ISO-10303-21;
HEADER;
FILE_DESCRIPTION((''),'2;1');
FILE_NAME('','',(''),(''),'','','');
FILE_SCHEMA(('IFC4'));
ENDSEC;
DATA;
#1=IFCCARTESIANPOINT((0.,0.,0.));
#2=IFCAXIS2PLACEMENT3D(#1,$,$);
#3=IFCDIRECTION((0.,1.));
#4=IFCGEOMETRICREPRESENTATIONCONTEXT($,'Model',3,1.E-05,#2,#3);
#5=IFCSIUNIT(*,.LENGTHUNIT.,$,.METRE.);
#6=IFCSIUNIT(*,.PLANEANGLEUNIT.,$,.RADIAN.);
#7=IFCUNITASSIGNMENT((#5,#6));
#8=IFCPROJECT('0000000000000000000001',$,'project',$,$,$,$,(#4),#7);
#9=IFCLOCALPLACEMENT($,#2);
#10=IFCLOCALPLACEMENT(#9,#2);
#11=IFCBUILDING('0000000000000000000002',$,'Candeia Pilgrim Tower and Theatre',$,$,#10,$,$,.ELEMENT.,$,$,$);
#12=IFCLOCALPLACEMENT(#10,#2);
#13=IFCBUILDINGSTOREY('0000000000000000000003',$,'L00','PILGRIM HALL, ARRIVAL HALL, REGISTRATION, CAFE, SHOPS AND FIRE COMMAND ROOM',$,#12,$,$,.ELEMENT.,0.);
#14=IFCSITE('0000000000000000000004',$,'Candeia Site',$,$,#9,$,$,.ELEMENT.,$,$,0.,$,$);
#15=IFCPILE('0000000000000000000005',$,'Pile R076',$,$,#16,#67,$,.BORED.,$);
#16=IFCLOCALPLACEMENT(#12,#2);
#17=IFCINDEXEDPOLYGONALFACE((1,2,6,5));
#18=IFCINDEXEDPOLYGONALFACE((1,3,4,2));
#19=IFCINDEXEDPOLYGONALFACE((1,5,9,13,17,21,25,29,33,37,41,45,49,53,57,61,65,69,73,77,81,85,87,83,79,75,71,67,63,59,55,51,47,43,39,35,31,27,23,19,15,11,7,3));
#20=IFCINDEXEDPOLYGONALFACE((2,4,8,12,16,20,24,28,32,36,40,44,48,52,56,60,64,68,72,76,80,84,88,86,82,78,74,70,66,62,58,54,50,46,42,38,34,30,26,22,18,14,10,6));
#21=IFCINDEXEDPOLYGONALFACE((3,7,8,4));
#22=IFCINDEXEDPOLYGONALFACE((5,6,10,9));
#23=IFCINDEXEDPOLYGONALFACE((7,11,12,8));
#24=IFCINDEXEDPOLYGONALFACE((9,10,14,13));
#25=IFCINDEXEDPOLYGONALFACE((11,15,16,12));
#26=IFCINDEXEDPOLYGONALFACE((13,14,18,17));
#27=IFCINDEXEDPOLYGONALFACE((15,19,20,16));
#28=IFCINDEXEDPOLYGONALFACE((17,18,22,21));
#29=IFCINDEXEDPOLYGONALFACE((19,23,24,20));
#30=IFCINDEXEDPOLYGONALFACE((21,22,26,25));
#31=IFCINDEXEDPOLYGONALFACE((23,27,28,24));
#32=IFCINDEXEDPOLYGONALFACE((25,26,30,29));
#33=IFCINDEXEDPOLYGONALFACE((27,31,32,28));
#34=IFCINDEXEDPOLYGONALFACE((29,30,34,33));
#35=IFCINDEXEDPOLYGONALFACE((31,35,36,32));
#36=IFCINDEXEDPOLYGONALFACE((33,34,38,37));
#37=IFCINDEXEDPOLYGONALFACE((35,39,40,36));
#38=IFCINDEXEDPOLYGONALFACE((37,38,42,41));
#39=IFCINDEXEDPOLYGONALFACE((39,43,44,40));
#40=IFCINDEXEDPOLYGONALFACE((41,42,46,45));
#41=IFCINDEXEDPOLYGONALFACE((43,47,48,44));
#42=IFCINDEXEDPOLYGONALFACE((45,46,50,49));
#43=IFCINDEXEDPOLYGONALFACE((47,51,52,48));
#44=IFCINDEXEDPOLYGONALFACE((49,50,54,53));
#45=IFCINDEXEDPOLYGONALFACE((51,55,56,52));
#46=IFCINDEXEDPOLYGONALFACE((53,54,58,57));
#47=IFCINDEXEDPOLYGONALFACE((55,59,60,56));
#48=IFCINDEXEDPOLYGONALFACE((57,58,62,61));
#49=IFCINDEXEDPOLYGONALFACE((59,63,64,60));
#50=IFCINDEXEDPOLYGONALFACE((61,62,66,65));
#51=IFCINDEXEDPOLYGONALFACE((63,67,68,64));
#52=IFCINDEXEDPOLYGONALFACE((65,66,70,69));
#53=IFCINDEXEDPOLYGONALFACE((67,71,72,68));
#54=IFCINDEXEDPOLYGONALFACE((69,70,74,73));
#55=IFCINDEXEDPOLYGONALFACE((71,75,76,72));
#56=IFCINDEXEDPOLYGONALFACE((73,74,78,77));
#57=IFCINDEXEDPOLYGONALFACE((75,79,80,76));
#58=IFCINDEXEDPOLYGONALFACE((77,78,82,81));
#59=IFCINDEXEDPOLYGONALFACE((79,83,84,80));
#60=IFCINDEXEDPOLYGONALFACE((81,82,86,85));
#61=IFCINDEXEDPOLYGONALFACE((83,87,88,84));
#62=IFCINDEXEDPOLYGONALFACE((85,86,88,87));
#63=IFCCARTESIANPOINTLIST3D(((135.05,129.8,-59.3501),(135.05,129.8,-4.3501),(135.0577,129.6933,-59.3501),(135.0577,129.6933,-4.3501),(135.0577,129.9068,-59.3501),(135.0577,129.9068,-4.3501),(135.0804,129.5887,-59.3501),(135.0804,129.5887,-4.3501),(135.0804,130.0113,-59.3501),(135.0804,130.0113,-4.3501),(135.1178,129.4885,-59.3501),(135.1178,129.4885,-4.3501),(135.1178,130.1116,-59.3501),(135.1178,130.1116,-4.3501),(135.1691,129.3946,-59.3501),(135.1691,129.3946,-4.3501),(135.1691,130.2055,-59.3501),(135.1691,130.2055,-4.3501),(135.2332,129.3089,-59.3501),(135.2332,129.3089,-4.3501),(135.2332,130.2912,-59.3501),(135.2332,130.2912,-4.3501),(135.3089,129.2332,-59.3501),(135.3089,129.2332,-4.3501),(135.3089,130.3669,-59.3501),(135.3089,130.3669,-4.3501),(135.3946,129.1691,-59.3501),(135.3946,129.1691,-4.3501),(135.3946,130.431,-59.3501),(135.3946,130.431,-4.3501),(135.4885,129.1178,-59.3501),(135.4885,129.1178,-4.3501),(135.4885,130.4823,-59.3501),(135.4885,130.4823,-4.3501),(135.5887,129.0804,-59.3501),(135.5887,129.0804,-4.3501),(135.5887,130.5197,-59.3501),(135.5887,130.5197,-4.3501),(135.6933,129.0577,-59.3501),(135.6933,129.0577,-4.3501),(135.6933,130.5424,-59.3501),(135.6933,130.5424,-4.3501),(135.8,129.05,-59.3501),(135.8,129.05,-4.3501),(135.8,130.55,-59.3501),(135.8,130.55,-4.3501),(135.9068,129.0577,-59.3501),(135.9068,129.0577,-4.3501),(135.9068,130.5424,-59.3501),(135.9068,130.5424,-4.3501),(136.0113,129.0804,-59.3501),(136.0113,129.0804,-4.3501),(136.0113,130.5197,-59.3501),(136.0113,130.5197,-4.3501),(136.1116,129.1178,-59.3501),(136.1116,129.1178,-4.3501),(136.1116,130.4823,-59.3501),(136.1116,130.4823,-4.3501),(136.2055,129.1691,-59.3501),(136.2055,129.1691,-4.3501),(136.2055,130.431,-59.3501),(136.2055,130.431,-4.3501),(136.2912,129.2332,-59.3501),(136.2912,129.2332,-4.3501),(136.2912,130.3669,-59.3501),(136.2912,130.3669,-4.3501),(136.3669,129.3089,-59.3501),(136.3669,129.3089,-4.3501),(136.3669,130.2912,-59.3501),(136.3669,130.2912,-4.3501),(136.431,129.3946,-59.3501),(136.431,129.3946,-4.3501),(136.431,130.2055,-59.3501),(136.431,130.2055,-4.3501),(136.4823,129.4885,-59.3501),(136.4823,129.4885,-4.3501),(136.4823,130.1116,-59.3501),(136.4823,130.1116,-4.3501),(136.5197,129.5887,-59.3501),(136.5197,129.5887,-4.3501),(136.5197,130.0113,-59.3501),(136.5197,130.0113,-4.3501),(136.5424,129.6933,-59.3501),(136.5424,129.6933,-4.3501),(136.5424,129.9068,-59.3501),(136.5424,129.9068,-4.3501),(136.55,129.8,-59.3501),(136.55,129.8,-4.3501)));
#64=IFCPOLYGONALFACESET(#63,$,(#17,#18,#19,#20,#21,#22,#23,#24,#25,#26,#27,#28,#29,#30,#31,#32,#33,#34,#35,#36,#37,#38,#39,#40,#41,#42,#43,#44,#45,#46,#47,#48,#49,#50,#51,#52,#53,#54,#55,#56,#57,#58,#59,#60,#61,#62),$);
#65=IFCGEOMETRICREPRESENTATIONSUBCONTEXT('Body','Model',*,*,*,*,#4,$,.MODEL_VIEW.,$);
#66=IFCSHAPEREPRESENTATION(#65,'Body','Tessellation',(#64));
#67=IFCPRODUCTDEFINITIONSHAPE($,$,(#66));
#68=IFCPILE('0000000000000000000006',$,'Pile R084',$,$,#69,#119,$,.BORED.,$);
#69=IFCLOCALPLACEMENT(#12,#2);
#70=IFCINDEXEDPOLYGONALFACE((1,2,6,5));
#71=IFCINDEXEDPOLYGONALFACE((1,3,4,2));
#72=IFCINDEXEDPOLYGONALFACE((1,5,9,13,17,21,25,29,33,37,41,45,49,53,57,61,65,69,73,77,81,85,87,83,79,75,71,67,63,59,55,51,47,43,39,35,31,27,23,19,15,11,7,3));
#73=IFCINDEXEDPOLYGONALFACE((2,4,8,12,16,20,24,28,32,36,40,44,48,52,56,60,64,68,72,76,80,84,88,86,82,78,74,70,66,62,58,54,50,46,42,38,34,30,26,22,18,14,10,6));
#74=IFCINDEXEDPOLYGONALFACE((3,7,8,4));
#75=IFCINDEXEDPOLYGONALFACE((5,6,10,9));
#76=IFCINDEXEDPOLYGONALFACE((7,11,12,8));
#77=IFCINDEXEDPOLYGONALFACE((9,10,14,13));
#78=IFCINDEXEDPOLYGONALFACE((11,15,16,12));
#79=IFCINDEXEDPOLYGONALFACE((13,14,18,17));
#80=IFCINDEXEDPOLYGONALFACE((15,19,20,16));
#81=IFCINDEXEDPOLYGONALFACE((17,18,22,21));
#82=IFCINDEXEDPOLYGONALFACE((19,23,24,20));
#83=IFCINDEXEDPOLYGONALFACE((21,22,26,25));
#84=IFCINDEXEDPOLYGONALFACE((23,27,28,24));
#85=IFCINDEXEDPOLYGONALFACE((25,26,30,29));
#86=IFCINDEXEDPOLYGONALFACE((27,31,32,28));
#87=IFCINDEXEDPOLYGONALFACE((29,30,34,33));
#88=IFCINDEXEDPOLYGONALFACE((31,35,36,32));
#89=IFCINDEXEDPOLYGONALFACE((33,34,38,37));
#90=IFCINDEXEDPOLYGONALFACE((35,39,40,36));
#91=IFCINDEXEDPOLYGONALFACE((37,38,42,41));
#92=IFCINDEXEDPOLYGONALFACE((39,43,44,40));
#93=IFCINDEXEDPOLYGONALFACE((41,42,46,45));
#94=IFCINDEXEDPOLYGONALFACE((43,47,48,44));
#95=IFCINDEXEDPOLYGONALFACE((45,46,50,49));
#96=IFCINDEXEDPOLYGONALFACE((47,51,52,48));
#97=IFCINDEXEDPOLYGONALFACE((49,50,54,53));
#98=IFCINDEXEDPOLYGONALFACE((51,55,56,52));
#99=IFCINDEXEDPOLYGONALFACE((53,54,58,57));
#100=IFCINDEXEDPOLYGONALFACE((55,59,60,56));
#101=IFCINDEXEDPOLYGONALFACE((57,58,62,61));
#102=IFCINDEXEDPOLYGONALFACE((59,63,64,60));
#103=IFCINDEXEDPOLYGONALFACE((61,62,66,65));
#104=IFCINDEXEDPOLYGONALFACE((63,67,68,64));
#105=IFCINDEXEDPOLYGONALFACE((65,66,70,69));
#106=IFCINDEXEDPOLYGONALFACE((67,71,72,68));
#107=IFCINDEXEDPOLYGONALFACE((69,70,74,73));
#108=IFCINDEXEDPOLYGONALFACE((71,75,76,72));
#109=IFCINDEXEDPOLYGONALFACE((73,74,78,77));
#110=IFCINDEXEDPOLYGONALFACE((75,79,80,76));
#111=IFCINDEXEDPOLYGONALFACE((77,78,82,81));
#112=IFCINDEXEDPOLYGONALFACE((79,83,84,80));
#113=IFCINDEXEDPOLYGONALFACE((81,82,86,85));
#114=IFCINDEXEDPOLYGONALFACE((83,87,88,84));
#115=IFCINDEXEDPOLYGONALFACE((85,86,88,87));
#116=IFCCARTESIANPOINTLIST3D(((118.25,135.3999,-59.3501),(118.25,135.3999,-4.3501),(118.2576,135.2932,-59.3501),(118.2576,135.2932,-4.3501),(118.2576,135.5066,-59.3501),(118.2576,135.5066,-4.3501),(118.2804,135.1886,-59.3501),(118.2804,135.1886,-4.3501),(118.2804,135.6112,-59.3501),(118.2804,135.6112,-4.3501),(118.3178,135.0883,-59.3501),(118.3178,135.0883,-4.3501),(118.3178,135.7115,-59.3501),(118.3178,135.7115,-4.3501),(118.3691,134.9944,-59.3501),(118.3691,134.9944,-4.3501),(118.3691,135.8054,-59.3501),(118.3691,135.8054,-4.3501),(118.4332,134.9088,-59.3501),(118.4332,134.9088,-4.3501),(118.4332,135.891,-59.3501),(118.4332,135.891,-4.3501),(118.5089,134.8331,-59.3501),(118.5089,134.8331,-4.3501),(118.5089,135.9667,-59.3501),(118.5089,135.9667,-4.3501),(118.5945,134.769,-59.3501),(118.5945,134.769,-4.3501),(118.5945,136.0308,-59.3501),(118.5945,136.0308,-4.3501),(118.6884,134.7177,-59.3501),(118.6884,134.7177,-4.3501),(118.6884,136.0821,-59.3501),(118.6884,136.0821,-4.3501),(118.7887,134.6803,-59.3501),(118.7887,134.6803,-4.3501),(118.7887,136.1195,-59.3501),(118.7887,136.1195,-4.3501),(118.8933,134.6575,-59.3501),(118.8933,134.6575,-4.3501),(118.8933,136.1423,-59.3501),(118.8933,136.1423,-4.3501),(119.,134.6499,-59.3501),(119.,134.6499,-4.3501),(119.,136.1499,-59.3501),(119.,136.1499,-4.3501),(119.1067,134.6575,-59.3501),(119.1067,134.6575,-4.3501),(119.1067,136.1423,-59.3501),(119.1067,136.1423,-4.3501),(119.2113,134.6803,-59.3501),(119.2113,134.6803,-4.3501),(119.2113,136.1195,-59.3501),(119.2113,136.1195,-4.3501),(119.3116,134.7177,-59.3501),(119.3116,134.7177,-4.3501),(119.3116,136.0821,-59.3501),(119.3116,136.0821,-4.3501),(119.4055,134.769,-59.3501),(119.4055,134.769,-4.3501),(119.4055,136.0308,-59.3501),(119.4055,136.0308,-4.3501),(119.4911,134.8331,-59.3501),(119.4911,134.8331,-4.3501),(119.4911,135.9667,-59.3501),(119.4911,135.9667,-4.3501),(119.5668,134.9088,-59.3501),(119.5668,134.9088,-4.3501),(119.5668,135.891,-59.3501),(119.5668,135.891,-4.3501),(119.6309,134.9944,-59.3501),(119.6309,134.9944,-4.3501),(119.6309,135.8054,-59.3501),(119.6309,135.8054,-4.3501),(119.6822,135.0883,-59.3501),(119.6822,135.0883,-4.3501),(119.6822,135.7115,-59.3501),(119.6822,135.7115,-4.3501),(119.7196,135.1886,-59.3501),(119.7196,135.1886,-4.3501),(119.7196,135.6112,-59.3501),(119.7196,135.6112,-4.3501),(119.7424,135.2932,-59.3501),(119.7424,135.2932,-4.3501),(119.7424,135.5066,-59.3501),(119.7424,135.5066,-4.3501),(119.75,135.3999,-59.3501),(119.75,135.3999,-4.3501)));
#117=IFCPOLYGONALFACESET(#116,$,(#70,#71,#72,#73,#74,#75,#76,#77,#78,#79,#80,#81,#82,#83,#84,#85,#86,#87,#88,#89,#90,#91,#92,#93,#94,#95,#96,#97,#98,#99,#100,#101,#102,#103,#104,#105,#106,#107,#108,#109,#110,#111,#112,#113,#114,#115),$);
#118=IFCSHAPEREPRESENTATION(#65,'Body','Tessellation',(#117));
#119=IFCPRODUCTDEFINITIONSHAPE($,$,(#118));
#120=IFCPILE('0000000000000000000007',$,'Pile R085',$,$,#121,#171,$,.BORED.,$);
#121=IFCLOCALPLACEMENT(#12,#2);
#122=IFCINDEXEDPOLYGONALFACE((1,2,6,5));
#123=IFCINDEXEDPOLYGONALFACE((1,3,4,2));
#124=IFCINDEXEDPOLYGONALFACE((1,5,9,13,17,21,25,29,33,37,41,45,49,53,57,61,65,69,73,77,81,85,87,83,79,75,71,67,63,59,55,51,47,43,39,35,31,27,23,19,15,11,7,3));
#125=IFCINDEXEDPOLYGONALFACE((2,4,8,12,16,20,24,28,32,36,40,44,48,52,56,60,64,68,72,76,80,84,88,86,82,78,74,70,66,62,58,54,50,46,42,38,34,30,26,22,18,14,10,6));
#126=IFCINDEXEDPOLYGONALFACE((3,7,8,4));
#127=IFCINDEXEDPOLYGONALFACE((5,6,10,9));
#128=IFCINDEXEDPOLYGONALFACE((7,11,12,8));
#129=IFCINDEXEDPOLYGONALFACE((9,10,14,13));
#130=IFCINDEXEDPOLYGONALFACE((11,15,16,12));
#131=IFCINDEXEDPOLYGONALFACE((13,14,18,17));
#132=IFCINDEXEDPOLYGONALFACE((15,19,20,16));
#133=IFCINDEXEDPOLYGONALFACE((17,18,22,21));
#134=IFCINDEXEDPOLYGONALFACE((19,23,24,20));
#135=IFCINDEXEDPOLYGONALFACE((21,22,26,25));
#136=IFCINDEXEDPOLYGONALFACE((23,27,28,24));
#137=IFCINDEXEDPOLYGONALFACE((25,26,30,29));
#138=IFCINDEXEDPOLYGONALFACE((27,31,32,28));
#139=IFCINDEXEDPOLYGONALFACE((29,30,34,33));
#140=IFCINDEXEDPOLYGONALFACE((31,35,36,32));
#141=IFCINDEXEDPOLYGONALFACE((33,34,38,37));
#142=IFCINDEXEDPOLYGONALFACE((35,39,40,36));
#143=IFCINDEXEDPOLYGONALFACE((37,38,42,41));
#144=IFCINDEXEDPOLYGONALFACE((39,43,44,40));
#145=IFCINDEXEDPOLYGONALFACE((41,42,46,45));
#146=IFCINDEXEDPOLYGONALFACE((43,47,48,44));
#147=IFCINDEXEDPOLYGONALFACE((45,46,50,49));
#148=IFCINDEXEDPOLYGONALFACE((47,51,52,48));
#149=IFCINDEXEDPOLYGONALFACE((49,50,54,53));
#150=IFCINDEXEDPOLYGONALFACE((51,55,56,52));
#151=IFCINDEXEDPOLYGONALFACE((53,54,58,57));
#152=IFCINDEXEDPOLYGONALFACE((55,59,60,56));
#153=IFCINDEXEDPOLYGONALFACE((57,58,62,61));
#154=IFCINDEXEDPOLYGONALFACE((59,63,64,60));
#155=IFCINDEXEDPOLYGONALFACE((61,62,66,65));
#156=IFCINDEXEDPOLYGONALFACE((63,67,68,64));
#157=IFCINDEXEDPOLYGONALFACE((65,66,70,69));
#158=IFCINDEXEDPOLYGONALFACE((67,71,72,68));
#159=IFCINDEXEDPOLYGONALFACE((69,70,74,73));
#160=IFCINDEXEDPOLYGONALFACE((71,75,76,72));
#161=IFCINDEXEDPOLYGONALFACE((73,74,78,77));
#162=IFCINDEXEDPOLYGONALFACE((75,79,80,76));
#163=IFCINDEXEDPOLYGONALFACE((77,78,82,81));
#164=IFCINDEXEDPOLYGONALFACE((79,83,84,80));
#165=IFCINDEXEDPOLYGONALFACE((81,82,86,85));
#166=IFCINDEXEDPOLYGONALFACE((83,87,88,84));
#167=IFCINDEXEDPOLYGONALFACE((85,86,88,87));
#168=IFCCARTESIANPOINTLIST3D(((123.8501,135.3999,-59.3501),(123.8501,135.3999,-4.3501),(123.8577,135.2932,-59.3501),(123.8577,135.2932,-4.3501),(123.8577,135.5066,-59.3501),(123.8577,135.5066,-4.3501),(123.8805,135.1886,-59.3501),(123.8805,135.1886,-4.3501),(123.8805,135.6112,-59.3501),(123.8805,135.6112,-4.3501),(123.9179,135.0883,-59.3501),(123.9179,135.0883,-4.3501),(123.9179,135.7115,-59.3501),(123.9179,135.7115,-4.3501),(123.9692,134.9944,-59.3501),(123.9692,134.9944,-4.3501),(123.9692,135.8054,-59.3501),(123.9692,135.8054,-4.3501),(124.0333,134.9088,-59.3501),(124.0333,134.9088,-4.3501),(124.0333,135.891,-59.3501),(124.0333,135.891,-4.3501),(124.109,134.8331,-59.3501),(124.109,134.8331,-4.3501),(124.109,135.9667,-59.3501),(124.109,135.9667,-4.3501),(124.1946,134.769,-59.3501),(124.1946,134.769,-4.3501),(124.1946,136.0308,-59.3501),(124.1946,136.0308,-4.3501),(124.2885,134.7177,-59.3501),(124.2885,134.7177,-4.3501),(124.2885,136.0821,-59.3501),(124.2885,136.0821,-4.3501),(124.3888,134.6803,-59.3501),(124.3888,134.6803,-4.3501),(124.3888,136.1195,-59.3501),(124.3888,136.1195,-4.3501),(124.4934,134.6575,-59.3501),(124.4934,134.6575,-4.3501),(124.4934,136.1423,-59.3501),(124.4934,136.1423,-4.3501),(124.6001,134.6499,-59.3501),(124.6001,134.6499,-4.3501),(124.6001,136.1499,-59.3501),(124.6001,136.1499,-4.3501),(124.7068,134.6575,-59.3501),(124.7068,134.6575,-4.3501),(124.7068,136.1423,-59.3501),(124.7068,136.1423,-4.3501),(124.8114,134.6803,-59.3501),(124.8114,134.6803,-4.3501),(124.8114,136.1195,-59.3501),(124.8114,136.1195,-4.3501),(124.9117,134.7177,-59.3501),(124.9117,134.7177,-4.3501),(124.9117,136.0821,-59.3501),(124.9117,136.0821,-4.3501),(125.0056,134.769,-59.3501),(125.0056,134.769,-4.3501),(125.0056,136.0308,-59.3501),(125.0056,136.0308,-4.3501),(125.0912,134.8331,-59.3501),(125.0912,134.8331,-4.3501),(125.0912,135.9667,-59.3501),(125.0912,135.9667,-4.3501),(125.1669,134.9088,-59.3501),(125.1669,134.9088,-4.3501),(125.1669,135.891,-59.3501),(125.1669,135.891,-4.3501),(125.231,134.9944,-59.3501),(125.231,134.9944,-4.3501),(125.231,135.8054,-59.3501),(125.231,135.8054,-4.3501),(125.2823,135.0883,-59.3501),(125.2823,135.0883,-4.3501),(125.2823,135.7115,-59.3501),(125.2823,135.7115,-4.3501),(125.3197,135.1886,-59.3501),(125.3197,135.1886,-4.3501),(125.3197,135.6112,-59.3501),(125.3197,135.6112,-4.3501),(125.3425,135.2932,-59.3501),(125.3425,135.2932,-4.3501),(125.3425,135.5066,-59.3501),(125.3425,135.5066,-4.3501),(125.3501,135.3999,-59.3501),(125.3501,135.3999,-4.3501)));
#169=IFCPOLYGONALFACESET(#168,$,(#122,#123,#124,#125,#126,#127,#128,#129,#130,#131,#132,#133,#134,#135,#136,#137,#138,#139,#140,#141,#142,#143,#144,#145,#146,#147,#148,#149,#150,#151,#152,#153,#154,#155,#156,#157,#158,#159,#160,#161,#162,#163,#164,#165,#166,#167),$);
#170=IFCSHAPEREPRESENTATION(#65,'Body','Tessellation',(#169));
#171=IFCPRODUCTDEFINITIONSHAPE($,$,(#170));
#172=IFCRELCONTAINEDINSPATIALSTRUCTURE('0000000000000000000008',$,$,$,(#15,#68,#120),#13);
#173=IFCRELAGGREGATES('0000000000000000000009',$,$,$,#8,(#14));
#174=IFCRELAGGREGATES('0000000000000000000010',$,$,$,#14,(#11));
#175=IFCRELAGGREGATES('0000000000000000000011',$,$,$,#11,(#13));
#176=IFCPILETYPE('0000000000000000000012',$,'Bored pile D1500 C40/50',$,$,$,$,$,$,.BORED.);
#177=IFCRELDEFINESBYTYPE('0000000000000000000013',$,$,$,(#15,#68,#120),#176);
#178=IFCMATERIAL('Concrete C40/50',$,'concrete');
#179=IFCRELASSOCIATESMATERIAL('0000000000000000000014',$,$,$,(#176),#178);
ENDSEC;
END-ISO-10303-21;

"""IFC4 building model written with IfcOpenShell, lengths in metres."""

from ifc_helpers import new_model, si_unit, direction, frame, origin, origin_2d, place, context, subcontext, project, spatial, circle, extrude, material, material_profile, profile_set, type_object, element, save


model = new_model("IFC4")

# Units and contexts
model_context = context("Model", 3, precision=1e-05, world=origin(), true_north=direction((0.0, 1.0)))
body_context = subcontext(model_context, "Body", "Model", "MODEL_VIEW")
ifc_project = project(units=[si_unit("LENGTHUNIT", "METRE"), si_unit("PLANEANGLEUNIT", "RADIAN")], contexts=[model_context])

# Site, building, storey
site_placement = place(None, origin())
site = spatial("IfcSite", under=ifc_project, at=site_placement, Name="Candeia Site", CompositionType="ELEMENT", RefElevation=0.0)
building_placement = place(site_placement, origin())
building = spatial("IfcBuilding", under=site, at=building_placement, Name="Candeia Pilgrim Tower and Theatre", CompositionType="ELEMENT")
storey_placement = place(building_placement, origin())
storey = spatial("IfcBuildingStorey", under=building, at=storey_placement, Name="L00", Description="PILGRIM HALL, ARRIVAL HALL, REGISTRATION, CAFE, SHOPS AND FIRE COMMAND ROOM", CompositionType="ELEMENT", Elevation=0.0)

# Piles
ifc_material_1 = material(Name="Concrete C40/50", Category="concrete")
ifc_material_profile_1 = material_profile(ifc_material_1, circle(Radius=0.75, at=origin_2d()))
ifc_profile_set_1 = profile_set([ifc_material_profile_1], Name="Concrete C40/50")
pile_type = type_object("IfcPileType", Name="Bored pile D1500 C40/50", PredefinedType="BORED", material=ifc_profile_set_1)
for number, where, z_axis, x_axis, name in (
    (1, (135.8, 129.8, -4.3501), (0.0, 0.0, -1.0), (1.0, 0.0, 0.0), "Pile R076"),
    (2, (119.0, 135.3999, -4.3501), (0.0, 0.0, -1.0), (1.0, 0.0, 0.0), "Pile R084"),
    (3, (124.6001, 135.3999, -4.3501), (0.0, 0.0, -1.0), (1.0, 0.0, 0.0), "Pile R085"),
):
    element("IfcPile", number, at=place(storey_placement, frame(where, z_axis=z_axis, x_axis=x_axis)), inside=storey, type_object=pile_type, Name=name, PredefinedType="BORED", context=body_context, shape_type="SweptSolid", body=[
        extrude(circle(Radius=0.75, at=origin_2d()), origin(), (0.0, 0.0, 1.0), 55.0),
    ])

save(model, "model.ifc")
